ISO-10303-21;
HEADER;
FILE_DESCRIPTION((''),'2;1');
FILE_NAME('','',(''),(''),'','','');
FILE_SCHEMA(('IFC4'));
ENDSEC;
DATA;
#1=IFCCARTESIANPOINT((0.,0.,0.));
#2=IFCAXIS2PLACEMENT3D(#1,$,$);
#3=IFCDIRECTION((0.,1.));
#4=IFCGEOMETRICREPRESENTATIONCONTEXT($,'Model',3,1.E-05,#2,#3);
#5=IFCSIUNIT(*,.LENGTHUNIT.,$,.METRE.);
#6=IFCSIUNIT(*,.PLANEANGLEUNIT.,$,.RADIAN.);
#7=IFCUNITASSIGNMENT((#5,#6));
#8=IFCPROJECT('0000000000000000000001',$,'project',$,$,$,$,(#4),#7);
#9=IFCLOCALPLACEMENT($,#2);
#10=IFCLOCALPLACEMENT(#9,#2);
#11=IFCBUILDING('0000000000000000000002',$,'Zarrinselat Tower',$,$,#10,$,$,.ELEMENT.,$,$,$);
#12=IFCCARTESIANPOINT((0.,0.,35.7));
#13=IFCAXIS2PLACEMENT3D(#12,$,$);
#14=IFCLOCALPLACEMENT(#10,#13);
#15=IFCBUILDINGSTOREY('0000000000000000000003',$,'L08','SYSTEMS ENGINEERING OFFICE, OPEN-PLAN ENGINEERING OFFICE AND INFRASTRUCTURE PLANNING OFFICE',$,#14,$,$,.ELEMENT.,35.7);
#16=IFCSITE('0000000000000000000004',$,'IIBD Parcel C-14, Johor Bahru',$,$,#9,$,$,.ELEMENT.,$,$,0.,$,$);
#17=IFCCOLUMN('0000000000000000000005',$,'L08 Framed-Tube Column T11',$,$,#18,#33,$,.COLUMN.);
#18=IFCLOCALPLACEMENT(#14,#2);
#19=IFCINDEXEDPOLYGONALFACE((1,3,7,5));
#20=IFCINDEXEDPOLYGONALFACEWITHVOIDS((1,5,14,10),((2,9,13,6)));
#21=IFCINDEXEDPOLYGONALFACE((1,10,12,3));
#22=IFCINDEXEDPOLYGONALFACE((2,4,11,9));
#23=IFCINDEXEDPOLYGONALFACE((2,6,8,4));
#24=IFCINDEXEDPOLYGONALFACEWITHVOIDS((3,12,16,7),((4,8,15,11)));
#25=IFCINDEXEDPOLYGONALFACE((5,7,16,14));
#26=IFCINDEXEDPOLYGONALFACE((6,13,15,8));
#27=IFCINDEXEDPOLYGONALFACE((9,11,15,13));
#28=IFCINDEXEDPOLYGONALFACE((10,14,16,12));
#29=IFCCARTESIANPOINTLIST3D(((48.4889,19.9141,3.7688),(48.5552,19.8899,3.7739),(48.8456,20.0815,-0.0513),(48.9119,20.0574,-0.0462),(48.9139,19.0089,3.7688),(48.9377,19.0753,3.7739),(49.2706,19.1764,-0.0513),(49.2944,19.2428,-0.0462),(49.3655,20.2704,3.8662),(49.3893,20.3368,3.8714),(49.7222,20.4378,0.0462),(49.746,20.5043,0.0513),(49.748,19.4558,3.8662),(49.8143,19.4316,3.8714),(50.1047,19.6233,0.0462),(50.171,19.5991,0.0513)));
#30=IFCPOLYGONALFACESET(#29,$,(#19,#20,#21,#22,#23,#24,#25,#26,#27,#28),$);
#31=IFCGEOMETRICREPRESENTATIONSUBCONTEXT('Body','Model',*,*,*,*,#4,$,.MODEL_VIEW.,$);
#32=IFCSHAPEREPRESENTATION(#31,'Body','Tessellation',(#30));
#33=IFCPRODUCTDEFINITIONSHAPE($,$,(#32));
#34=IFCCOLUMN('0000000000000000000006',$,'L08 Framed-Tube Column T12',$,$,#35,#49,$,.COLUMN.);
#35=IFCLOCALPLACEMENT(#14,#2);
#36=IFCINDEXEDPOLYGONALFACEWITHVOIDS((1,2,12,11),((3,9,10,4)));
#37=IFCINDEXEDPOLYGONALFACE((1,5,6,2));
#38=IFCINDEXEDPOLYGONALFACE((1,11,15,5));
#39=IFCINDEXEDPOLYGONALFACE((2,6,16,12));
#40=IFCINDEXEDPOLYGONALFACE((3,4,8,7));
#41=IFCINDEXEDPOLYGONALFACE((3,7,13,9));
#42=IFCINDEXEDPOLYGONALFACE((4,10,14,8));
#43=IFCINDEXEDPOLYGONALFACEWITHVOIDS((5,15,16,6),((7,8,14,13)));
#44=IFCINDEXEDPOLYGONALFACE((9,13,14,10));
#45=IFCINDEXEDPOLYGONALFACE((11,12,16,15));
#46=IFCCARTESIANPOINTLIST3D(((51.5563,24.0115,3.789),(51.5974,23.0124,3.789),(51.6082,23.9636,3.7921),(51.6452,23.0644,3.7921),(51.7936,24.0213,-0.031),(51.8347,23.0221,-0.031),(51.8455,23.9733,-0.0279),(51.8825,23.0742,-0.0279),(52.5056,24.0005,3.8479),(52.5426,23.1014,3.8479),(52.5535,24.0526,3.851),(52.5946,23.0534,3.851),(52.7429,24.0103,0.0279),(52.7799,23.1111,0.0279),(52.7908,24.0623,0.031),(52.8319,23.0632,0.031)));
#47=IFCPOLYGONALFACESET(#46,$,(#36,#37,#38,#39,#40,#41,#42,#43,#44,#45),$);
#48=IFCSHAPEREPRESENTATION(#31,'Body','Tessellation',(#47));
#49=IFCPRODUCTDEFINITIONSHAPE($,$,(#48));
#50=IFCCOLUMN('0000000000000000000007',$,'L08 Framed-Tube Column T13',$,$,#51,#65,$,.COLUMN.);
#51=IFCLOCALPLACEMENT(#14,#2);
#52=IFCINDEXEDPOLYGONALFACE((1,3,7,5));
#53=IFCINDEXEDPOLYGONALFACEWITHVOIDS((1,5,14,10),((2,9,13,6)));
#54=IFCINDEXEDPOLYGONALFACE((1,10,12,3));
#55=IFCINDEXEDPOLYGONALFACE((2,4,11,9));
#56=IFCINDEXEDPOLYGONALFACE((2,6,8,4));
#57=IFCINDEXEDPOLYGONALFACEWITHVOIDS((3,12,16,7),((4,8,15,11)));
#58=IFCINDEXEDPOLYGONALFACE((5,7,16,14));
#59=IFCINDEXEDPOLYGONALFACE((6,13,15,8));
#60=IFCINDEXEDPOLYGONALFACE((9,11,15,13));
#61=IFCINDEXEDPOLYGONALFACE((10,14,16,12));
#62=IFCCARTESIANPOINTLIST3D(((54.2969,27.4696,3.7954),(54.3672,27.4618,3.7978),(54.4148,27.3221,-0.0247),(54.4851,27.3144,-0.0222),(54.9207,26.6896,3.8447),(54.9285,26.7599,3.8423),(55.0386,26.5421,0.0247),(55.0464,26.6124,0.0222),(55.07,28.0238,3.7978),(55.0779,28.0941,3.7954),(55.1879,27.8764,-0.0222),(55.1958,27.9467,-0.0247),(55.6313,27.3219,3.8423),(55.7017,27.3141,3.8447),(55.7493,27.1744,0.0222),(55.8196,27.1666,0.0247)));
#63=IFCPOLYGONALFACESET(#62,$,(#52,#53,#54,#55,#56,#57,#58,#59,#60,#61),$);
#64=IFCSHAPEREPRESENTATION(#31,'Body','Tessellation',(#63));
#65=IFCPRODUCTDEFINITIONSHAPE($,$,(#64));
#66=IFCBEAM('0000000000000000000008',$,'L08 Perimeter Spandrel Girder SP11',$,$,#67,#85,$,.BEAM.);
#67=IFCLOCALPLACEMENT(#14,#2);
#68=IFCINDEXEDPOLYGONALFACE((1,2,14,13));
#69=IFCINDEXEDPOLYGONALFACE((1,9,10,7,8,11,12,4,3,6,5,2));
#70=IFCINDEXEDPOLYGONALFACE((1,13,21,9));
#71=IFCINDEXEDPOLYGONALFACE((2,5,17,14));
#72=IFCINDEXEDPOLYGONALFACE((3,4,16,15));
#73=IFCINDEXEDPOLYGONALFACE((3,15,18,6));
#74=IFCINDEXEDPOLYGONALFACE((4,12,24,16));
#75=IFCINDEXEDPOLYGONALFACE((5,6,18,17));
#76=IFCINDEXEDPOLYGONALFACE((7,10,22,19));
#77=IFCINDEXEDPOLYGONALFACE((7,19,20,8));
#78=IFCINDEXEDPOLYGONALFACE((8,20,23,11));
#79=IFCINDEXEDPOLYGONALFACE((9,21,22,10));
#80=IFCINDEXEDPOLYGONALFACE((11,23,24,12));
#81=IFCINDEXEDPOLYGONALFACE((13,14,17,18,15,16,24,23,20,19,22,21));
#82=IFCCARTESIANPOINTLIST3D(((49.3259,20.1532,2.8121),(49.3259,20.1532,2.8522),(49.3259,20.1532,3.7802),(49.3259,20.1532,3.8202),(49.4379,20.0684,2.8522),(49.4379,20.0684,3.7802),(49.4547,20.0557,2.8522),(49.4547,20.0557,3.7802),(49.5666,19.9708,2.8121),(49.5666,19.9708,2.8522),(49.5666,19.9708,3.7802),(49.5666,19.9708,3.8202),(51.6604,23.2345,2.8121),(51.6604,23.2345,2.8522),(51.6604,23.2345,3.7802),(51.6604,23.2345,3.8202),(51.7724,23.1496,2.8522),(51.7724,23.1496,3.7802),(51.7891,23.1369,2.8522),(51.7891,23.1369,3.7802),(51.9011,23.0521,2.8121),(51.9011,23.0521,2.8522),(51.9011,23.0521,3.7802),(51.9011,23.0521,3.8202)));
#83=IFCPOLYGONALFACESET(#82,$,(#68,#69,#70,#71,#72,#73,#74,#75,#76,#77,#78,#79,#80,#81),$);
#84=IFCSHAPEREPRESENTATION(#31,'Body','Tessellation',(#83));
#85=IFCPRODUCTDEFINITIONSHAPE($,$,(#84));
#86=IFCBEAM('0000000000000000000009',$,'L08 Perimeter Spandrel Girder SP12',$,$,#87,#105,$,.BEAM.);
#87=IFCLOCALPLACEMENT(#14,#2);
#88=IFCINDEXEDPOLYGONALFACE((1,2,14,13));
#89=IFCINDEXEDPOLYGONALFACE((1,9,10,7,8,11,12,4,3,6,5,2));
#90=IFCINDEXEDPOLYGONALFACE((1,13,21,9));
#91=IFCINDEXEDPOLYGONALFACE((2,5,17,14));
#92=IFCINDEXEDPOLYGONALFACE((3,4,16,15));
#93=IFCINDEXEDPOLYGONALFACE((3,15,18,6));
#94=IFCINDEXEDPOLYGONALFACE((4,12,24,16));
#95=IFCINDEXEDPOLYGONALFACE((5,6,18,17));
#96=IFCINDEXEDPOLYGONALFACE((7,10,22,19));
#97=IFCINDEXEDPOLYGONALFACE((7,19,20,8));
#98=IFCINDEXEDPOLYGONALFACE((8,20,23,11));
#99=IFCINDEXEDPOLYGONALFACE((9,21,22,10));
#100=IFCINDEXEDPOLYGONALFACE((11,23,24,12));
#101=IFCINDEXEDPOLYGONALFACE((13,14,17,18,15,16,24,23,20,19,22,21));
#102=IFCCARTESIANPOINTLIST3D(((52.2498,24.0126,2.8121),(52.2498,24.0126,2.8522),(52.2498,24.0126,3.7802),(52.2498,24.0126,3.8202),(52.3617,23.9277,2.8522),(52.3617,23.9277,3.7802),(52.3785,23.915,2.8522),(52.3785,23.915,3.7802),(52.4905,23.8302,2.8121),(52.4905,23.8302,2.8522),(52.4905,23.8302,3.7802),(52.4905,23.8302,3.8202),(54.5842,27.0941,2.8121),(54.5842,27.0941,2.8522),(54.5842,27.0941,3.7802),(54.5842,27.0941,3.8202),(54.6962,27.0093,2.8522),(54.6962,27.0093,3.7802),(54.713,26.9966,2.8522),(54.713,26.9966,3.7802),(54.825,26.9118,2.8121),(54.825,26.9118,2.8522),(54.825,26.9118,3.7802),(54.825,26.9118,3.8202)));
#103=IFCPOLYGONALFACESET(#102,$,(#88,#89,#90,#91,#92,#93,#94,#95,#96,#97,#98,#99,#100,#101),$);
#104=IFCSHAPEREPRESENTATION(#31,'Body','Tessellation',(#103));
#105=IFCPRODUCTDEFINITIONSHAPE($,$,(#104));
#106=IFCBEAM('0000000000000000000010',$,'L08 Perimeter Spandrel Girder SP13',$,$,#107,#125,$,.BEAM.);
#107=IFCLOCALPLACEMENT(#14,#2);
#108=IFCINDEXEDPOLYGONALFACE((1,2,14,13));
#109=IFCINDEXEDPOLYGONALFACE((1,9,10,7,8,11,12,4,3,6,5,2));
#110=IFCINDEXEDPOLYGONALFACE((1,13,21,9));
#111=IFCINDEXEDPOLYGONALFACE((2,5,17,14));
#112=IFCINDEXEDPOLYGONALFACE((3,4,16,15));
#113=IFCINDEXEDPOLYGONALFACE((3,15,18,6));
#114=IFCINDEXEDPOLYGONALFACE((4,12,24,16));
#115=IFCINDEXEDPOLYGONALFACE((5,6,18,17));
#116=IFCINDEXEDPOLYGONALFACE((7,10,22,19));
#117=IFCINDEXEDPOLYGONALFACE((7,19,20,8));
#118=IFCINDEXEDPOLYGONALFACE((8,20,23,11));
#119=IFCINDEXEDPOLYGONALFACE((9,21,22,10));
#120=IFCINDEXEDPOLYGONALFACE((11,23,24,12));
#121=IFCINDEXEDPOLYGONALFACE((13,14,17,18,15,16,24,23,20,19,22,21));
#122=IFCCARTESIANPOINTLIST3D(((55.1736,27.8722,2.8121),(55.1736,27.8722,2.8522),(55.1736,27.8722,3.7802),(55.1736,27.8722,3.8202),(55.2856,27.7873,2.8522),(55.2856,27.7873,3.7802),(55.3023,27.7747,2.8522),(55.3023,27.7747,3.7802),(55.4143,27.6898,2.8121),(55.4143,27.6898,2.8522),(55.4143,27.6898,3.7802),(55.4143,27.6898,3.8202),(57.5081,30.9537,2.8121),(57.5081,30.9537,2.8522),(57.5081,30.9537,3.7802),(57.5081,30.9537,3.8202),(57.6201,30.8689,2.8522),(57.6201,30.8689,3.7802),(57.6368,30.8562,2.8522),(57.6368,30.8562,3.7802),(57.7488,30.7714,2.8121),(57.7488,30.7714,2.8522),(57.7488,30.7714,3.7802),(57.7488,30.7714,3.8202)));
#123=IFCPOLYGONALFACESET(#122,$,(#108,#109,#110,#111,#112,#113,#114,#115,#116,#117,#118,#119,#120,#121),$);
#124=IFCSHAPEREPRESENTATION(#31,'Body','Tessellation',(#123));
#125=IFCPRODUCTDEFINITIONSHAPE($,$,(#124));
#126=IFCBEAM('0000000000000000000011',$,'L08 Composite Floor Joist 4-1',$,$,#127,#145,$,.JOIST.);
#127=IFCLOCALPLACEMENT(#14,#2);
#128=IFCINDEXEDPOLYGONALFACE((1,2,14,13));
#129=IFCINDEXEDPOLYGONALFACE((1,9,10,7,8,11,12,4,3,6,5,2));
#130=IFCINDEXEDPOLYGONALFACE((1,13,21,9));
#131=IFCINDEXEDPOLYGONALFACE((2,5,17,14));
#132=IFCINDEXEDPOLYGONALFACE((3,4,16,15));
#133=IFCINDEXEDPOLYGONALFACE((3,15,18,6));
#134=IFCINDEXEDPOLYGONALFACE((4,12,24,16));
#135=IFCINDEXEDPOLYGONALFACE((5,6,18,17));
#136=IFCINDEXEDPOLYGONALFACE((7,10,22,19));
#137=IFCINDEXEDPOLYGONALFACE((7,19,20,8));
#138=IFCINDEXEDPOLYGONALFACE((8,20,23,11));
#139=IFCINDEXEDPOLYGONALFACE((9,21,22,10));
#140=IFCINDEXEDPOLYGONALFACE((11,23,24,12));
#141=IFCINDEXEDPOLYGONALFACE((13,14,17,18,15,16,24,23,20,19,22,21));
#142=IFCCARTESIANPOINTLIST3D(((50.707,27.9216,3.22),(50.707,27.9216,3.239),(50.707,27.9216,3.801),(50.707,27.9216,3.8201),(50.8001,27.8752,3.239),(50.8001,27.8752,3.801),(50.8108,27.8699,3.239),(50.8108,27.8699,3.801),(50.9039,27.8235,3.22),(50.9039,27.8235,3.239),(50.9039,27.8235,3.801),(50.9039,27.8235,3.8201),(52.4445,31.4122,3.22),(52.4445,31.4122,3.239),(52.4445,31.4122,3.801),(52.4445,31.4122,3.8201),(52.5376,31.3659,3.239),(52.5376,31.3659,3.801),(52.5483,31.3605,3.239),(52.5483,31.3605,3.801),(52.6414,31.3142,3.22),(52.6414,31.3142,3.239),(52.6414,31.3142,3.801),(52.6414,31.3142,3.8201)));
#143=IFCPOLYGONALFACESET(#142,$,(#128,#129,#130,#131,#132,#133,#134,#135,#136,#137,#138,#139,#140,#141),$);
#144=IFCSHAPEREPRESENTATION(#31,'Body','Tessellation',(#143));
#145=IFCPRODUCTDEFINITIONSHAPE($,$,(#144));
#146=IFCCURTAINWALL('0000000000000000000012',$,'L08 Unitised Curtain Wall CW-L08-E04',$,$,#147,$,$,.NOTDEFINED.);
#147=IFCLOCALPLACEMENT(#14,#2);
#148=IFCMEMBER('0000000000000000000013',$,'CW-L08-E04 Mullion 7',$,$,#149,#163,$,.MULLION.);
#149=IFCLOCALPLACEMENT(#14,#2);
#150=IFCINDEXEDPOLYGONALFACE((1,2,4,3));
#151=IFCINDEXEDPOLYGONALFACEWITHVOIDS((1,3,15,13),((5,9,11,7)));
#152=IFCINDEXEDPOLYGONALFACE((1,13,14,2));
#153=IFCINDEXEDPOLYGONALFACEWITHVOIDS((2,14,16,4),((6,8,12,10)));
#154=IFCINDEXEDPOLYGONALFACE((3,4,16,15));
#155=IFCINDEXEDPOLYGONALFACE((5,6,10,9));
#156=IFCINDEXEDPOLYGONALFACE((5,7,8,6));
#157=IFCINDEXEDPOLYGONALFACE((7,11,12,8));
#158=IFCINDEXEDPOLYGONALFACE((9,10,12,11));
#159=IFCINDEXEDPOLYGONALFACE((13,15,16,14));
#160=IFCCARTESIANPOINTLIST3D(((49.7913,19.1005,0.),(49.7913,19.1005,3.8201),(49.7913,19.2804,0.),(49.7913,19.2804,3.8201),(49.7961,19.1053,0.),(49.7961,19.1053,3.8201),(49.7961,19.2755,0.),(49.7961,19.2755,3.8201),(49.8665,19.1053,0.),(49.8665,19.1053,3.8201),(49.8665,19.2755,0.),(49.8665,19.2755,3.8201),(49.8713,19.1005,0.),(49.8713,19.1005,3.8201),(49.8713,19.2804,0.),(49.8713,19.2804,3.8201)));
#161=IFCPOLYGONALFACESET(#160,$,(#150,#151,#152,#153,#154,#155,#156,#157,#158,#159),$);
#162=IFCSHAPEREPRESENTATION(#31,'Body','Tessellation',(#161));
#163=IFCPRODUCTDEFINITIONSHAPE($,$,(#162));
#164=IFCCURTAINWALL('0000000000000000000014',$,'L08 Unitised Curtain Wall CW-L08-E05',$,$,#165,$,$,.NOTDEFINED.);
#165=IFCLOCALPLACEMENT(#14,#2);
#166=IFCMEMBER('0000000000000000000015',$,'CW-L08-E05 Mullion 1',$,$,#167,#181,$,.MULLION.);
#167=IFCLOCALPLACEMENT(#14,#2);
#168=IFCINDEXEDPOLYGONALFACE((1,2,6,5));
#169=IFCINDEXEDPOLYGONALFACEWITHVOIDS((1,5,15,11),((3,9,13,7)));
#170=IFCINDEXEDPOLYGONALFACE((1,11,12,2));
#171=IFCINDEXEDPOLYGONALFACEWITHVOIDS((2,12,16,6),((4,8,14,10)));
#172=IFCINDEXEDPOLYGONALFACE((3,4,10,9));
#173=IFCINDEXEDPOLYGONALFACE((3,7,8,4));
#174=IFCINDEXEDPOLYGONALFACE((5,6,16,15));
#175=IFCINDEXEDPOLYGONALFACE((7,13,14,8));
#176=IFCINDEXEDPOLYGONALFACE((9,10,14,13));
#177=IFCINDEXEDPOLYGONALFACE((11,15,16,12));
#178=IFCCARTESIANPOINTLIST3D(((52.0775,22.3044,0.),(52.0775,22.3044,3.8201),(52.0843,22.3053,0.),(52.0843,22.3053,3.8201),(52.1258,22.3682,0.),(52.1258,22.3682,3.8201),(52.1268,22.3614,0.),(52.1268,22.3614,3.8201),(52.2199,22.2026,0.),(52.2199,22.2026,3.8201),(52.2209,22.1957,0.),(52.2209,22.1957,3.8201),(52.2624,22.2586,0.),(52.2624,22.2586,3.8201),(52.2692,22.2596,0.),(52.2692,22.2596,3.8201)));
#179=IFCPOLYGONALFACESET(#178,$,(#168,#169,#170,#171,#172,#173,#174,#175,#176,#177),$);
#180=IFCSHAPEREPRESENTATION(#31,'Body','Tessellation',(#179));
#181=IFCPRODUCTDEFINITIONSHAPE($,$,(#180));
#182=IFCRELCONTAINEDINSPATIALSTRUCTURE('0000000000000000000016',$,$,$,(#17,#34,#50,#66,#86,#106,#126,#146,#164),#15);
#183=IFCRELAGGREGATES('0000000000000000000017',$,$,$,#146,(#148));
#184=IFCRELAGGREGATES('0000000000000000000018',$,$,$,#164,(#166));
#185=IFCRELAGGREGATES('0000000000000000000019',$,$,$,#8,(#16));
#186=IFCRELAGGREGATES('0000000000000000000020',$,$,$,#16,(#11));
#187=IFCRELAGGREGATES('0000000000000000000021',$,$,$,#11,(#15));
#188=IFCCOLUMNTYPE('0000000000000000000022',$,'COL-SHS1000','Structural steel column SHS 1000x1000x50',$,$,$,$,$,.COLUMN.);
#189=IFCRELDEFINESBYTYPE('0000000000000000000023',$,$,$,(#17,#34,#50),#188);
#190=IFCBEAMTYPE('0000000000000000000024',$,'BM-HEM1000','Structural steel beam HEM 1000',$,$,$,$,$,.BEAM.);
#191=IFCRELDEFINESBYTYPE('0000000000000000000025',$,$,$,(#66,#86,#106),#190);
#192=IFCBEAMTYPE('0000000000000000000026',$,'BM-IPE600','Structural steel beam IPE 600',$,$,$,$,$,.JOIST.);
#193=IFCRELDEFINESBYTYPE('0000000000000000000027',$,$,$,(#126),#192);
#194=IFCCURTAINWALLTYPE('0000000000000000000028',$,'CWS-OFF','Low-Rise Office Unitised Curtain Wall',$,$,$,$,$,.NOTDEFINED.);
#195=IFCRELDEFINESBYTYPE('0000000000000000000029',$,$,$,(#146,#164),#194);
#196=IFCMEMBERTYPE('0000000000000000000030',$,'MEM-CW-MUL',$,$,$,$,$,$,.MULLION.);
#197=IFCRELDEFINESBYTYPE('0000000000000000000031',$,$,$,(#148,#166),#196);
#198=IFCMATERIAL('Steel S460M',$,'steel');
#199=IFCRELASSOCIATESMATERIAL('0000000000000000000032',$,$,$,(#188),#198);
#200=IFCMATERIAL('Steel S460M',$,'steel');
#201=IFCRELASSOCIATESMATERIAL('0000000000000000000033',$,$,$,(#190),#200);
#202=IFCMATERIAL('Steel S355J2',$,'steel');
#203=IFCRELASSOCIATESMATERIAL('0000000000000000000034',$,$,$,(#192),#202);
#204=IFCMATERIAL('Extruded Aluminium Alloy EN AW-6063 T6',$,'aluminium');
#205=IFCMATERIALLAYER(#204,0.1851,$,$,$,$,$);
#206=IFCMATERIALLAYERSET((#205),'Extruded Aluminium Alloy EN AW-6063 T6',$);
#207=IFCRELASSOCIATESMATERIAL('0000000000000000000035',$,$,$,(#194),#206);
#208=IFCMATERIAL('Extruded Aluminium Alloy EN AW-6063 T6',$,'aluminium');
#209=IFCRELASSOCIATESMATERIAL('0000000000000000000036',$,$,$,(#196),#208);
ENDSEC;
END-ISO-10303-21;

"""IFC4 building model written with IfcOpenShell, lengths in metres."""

from ifc_helpers import new_model, si_unit, direction, frame, origin, origin_2d, place, context, subcontext, project, spatial, hollow_rectangle, i_section, extrude, material, layer, layer_set, material_profile, profile_set, type_object, element, aggregate, save


model = new_model("IFC4")

# Units and contexts
model_context = context("Model", 3, precision=1e-05, world=origin(), true_north=direction((0.0, 1.0)))
body_context = subcontext(model_context, "Body", "Model", "MODEL_VIEW")
ifc_project = project(units=[si_unit("LENGTHUNIT", "METRE"), si_unit("PLANEANGLEUNIT", "RADIAN")], contexts=[model_context])

# Site, building, storey
site_placement = place(None, origin())
site = spatial("IfcSite", under=ifc_project, at=site_placement, Name="IIBD Parcel C-14, Johor Bahru", CompositionType="ELEMENT", RefElevation=0.0)
building_placement = place(site_placement, origin())
building = spatial("IfcBuilding", under=site, at=building_placement, Name="Zarrinselat Tower", CompositionType="ELEMENT")
storey_placement = place(building_placement, frame((0.0, 0.0, 35.7)))
storey = spatial("IfcBuildingStorey", under=building, at=storey_placement, Name="L08", Description="SYSTEMS ENGINEERING OFFICE, OPEN-PLAN ENGINEERING OFFICE AND INFRASTRUCTURE PLANNING OFFICE", CompositionType="ELEMENT", Elevation=35.7)

# Columns
ifc_material_1 = material(Name="Steel S460M", Category="steel")
ifc_material_profile_1 = material_profile(ifc_material_1, hollow_rectangle(XDim=1.0, YDim=1.0, WallThickness=0.05, at=origin_2d()), Name="SHS 1000x1000x50")
ifc_profile_set_1 = profile_set([ifc_material_profile_1], Name="Steel S460M")
column_type = type_object("IfcColumnType", Name="COL-SHS1000", Description="Structural steel column SHS 1000x1000x50", PredefinedType="COLUMN", material=ifc_profile_set_1)
column_1_placement = place(storey_placement, frame((49.5083, 19.8403, 0.0), z_axis=(-0.09288, -0.043611, 0.994722), x_axis=(0.425021, -0.905183, 0.0)))
element("IfcColumn", 1, at=column_1_placement, inside=storey, type_object=column_type, Name="L08 Framed-Tube Column T11", PredefinedType="COLUMN", context=body_context, shape_type="SweptSolid", body=[
    extrude(hollow_rectangle(XDim=1.0, YDim=1.0, WallThickness=0.05, at=origin_2d()), origin(), (0.0, 0.0, 1.0), 3.8403),
])
column_2_placement = place(storey_placement, frame((52.3127, 23.5422, 0.0), z_axis=(-0.062001, -0.002551, 0.998073), x_axis=(0.041117, -0.999154, 0.0)))
element("IfcColumn", 2, at=column_2_placement, inside=storey, type_object=column_type, Name="L08 Framed-Tube Column T12", PredefinedType="COLUMN", context=body_context, shape_type="SweptSolid", body=[
    extrude(hollow_rectangle(XDim=1.0, YDim=1.0, WallThickness=0.05, at=origin_2d()), origin(), (0.0, 0.0, 1.0), 3.8274),
])
column_3_placement = place(storey_placement, frame((55.1172, 27.2444, 0.0), z_axis=(-0.030831, 0.038555, 0.998781), x_axis=(-0.780995, -0.624537, 0.0)))
element("IfcColumn", 3, at=column_3_placement, inside=storey, type_object=column_type, Name="L08 Framed-Tube Column T13", PredefinedType="COLUMN", context=body_context, shape_type="SweptSolid", body=[
    extrude(hollow_rectangle(XDim=1.0, YDim=1.0, WallThickness=0.05, at=origin_2d()), origin(), (0.0, 0.0, 1.0), 3.8247),
])

# Beams
ifc_material_2 = material(Name="Steel S460M", Category="steel")
ifc_material_profile_2 = material_profile(ifc_material_2, i_section(OverallWidth=0.302, OverallDepth=1.0081, WebThickness=0.021, FlangeThickness=0.04, at=origin_2d()), Name="HEM 1000")
ifc_profile_set_2 = profile_set([ifc_material_profile_2], Name="Steel S460M")
beam_type_1 = type_object("IfcBeamType", Name="BM-HEM1000", Description="Structural steel beam HEM 1000", PredefinedType="BEAM", material=ifc_profile_set_2)
beam_1_placement = place(storey_placement, frame((49.4463, 20.062, 3.3162), z_axis=(0.603883, 0.797073, 0.0), x_axis=(-0.797073, 0.603883, 0.0)))
element("IfcBeam", 4, at=beam_1_placement, inside=storey, type_object=beam_type_1, Name="L08 Perimeter Spandrel Girder SP11", PredefinedType="BEAM", context=body_context, shape_type="SweptSolid", body=[
    extrude(i_section(OverallWidth=0.302, OverallDepth=1.0081, WebThickness=0.021, FlangeThickness=0.04, at=origin_2d()), origin(), (0.0, 0.0, 1.0), 3.8657),
])
for number, where, z_axis, x_axis, name in (
    (5, (52.3701, 23.9214, 3.3162), (0.603853, 0.797096, 0.0), (-0.797096, 0.603853, 0.0), "L08 Perimeter Spandrel Girder SP12"),
    (6, (55.2939, 27.781, 3.3162), (0.603853, 0.797096, 0.0), (-0.797096, 0.603853, 0.0), "L08 Perimeter Spandrel Girder SP13"),
):
    element("IfcBeam", number, at=place(storey_placement, frame(where, z_axis=z_axis, x_axis=x_axis)), inside=storey, type_object=beam_type_1, Name=name, PredefinedType="BEAM", context=body_context, shape_type="SweptSolid", body=[
        extrude(i_section(OverallWidth=0.302, OverallDepth=1.0081, WebThickness=0.021, FlangeThickness=0.04, at=origin_2d()), origin(), (0.0, 0.0, 1.0), 3.866),
    ])
ifc_material_3 = material(Name="Steel S355J2", Category="steel")
ifc_material_profile_3 = material_profile(ifc_material_3, i_section(OverallWidth=0.22, OverallDepth=0.6001, WebThickness=0.012, FlangeThickness=0.019, at=origin_2d()), Name="IPE 600")
ifc_profile_set_3 = profile_set([ifc_material_profile_3], Name="Steel S355J2")
beam_type_2 = type_object("IfcBeamType", Name="BM-IPE600", Description="Structural steel beam IPE 600", PredefinedType="JOIST", material=ifc_profile_set_3)
beam_2_placement = place(storey_placement, frame((50.8054, 27.8726, 3.52), z_axis=(0.44561, 0.895227, 0.0), x_axis=(-0.895227, 0.44561, 0.0)))
element("IfcBeam", 7, at=beam_2_placement, inside=storey, type_object=beam_type_2, Name="L08 Composite Floor Joist 4-1", PredefinedType="JOIST", context=body_context, shape_type="SweptSolid", body=[
    extrude(i_section(OverallWidth=0.22, OverallDepth=0.6001, WebThickness=0.012, FlangeThickness=0.019, at=origin_2d()), origin(), (0.0, 0.0, 1.0), 3.8992),
])

# Curtain wall, member
ifc_material_4 = material(Name="Extruded Aluminium Alloy EN AW-6063 T6", Category="aluminium")
ifc_layer_1 = layer(ifc_material_4, 0.1851)
ifc_layer_set_1 = layer_set([ifc_layer_1], Name="Extruded Aluminium Alloy EN AW-6063 T6")
curtain_wall_type = type_object("IfcCurtainWallType", Name="CWS-OFF", Description="Low-Rise Office Unitised Curtain Wall", PredefinedType="NOTDEFINED", material=ifc_layer_set_1)
curtain_wall_1_placement = place(storey_placement, origin())
curtain_wall_1 = element("IfcCurtainWall", 8, at=curtain_wall_1_placement, inside=storey, type_object=curtain_wall_type, Name="L08 Unitised Curtain Wall CW-L08-E04", PredefinedType="NOTDEFINED")
ifc_material_5 = material(Name="Extruded Aluminium Alloy EN AW-6063 T6", Category="aluminium")
ifc_material_profile_4 = material_profile(ifc_material_5, hollow_rectangle(XDim=0.0801, YDim=0.1799, WallThickness=0.0049, at=origin_2d()), Name="RHS 180x80x5")
ifc_profile_set_4 = profile_set([ifc_material_profile_4], Name="Extruded Aluminium Alloy EN AW-6063 T6")
member_type_1 = type_object("IfcMemberType", Name="MEM-CW-MUL", PredefinedType="MULLION", material=ifc_profile_set_4)
member_1_placement = place(storey_placement, frame((49.8313, 19.1904, 0.0), z_axis=(0.0, 0.0, 1.0), x_axis=(1.0, 0.0, 0.0)))
member_1 = element("IfcMember", 9, at=member_1_placement, type_object=member_type_1, Name="CW-L08-E04 Mullion 7", PredefinedType="MULLION", context=body_context, shape_type="SweptSolid", body=[
    extrude(hollow_rectangle(XDim=0.0801, YDim=0.1799, WallThickness=0.0049, at=origin_2d()), origin(), (0.0, 0.0, 1.0), 3.8201),
])
aggregate(curtain_wall_1, [member_1])

# Curtain wall, member
curtain_wall_2_placement = place(storey_placement, origin())
curtain_wall_2 = element("IfcCurtainWall", 10, at=curtain_wall_2_placement, inside=storey, type_object=curtain_wall_type, Name="L08 Unitised Curtain Wall CW-L08-E05", PredefinedType="NOTDEFINED")
member_2_placement = place(storey_placement, frame((52.1733, 22.282, 0.0), z_axis=(0.0, 0.0, 1.0), x_axis=(0.603858, 0.797092, 0.0)))
member_2 = element("IfcMember", 11, at=member_2_placement, type_object=member_type_1, Name="CW-L08-E05 Mullion 1", PredefinedType="MULLION", context=body_context, shape_type="SweptSolid", body=[
    extrude(hollow_rectangle(XDim=0.0801, YDim=0.1799, WallThickness=0.0049, at=origin_2d()), origin(), (0.0, 0.0, 1.0), 3.8201),
])
aggregate(curtain_wall_2, [member_2])

save(model, "model.ifc")
